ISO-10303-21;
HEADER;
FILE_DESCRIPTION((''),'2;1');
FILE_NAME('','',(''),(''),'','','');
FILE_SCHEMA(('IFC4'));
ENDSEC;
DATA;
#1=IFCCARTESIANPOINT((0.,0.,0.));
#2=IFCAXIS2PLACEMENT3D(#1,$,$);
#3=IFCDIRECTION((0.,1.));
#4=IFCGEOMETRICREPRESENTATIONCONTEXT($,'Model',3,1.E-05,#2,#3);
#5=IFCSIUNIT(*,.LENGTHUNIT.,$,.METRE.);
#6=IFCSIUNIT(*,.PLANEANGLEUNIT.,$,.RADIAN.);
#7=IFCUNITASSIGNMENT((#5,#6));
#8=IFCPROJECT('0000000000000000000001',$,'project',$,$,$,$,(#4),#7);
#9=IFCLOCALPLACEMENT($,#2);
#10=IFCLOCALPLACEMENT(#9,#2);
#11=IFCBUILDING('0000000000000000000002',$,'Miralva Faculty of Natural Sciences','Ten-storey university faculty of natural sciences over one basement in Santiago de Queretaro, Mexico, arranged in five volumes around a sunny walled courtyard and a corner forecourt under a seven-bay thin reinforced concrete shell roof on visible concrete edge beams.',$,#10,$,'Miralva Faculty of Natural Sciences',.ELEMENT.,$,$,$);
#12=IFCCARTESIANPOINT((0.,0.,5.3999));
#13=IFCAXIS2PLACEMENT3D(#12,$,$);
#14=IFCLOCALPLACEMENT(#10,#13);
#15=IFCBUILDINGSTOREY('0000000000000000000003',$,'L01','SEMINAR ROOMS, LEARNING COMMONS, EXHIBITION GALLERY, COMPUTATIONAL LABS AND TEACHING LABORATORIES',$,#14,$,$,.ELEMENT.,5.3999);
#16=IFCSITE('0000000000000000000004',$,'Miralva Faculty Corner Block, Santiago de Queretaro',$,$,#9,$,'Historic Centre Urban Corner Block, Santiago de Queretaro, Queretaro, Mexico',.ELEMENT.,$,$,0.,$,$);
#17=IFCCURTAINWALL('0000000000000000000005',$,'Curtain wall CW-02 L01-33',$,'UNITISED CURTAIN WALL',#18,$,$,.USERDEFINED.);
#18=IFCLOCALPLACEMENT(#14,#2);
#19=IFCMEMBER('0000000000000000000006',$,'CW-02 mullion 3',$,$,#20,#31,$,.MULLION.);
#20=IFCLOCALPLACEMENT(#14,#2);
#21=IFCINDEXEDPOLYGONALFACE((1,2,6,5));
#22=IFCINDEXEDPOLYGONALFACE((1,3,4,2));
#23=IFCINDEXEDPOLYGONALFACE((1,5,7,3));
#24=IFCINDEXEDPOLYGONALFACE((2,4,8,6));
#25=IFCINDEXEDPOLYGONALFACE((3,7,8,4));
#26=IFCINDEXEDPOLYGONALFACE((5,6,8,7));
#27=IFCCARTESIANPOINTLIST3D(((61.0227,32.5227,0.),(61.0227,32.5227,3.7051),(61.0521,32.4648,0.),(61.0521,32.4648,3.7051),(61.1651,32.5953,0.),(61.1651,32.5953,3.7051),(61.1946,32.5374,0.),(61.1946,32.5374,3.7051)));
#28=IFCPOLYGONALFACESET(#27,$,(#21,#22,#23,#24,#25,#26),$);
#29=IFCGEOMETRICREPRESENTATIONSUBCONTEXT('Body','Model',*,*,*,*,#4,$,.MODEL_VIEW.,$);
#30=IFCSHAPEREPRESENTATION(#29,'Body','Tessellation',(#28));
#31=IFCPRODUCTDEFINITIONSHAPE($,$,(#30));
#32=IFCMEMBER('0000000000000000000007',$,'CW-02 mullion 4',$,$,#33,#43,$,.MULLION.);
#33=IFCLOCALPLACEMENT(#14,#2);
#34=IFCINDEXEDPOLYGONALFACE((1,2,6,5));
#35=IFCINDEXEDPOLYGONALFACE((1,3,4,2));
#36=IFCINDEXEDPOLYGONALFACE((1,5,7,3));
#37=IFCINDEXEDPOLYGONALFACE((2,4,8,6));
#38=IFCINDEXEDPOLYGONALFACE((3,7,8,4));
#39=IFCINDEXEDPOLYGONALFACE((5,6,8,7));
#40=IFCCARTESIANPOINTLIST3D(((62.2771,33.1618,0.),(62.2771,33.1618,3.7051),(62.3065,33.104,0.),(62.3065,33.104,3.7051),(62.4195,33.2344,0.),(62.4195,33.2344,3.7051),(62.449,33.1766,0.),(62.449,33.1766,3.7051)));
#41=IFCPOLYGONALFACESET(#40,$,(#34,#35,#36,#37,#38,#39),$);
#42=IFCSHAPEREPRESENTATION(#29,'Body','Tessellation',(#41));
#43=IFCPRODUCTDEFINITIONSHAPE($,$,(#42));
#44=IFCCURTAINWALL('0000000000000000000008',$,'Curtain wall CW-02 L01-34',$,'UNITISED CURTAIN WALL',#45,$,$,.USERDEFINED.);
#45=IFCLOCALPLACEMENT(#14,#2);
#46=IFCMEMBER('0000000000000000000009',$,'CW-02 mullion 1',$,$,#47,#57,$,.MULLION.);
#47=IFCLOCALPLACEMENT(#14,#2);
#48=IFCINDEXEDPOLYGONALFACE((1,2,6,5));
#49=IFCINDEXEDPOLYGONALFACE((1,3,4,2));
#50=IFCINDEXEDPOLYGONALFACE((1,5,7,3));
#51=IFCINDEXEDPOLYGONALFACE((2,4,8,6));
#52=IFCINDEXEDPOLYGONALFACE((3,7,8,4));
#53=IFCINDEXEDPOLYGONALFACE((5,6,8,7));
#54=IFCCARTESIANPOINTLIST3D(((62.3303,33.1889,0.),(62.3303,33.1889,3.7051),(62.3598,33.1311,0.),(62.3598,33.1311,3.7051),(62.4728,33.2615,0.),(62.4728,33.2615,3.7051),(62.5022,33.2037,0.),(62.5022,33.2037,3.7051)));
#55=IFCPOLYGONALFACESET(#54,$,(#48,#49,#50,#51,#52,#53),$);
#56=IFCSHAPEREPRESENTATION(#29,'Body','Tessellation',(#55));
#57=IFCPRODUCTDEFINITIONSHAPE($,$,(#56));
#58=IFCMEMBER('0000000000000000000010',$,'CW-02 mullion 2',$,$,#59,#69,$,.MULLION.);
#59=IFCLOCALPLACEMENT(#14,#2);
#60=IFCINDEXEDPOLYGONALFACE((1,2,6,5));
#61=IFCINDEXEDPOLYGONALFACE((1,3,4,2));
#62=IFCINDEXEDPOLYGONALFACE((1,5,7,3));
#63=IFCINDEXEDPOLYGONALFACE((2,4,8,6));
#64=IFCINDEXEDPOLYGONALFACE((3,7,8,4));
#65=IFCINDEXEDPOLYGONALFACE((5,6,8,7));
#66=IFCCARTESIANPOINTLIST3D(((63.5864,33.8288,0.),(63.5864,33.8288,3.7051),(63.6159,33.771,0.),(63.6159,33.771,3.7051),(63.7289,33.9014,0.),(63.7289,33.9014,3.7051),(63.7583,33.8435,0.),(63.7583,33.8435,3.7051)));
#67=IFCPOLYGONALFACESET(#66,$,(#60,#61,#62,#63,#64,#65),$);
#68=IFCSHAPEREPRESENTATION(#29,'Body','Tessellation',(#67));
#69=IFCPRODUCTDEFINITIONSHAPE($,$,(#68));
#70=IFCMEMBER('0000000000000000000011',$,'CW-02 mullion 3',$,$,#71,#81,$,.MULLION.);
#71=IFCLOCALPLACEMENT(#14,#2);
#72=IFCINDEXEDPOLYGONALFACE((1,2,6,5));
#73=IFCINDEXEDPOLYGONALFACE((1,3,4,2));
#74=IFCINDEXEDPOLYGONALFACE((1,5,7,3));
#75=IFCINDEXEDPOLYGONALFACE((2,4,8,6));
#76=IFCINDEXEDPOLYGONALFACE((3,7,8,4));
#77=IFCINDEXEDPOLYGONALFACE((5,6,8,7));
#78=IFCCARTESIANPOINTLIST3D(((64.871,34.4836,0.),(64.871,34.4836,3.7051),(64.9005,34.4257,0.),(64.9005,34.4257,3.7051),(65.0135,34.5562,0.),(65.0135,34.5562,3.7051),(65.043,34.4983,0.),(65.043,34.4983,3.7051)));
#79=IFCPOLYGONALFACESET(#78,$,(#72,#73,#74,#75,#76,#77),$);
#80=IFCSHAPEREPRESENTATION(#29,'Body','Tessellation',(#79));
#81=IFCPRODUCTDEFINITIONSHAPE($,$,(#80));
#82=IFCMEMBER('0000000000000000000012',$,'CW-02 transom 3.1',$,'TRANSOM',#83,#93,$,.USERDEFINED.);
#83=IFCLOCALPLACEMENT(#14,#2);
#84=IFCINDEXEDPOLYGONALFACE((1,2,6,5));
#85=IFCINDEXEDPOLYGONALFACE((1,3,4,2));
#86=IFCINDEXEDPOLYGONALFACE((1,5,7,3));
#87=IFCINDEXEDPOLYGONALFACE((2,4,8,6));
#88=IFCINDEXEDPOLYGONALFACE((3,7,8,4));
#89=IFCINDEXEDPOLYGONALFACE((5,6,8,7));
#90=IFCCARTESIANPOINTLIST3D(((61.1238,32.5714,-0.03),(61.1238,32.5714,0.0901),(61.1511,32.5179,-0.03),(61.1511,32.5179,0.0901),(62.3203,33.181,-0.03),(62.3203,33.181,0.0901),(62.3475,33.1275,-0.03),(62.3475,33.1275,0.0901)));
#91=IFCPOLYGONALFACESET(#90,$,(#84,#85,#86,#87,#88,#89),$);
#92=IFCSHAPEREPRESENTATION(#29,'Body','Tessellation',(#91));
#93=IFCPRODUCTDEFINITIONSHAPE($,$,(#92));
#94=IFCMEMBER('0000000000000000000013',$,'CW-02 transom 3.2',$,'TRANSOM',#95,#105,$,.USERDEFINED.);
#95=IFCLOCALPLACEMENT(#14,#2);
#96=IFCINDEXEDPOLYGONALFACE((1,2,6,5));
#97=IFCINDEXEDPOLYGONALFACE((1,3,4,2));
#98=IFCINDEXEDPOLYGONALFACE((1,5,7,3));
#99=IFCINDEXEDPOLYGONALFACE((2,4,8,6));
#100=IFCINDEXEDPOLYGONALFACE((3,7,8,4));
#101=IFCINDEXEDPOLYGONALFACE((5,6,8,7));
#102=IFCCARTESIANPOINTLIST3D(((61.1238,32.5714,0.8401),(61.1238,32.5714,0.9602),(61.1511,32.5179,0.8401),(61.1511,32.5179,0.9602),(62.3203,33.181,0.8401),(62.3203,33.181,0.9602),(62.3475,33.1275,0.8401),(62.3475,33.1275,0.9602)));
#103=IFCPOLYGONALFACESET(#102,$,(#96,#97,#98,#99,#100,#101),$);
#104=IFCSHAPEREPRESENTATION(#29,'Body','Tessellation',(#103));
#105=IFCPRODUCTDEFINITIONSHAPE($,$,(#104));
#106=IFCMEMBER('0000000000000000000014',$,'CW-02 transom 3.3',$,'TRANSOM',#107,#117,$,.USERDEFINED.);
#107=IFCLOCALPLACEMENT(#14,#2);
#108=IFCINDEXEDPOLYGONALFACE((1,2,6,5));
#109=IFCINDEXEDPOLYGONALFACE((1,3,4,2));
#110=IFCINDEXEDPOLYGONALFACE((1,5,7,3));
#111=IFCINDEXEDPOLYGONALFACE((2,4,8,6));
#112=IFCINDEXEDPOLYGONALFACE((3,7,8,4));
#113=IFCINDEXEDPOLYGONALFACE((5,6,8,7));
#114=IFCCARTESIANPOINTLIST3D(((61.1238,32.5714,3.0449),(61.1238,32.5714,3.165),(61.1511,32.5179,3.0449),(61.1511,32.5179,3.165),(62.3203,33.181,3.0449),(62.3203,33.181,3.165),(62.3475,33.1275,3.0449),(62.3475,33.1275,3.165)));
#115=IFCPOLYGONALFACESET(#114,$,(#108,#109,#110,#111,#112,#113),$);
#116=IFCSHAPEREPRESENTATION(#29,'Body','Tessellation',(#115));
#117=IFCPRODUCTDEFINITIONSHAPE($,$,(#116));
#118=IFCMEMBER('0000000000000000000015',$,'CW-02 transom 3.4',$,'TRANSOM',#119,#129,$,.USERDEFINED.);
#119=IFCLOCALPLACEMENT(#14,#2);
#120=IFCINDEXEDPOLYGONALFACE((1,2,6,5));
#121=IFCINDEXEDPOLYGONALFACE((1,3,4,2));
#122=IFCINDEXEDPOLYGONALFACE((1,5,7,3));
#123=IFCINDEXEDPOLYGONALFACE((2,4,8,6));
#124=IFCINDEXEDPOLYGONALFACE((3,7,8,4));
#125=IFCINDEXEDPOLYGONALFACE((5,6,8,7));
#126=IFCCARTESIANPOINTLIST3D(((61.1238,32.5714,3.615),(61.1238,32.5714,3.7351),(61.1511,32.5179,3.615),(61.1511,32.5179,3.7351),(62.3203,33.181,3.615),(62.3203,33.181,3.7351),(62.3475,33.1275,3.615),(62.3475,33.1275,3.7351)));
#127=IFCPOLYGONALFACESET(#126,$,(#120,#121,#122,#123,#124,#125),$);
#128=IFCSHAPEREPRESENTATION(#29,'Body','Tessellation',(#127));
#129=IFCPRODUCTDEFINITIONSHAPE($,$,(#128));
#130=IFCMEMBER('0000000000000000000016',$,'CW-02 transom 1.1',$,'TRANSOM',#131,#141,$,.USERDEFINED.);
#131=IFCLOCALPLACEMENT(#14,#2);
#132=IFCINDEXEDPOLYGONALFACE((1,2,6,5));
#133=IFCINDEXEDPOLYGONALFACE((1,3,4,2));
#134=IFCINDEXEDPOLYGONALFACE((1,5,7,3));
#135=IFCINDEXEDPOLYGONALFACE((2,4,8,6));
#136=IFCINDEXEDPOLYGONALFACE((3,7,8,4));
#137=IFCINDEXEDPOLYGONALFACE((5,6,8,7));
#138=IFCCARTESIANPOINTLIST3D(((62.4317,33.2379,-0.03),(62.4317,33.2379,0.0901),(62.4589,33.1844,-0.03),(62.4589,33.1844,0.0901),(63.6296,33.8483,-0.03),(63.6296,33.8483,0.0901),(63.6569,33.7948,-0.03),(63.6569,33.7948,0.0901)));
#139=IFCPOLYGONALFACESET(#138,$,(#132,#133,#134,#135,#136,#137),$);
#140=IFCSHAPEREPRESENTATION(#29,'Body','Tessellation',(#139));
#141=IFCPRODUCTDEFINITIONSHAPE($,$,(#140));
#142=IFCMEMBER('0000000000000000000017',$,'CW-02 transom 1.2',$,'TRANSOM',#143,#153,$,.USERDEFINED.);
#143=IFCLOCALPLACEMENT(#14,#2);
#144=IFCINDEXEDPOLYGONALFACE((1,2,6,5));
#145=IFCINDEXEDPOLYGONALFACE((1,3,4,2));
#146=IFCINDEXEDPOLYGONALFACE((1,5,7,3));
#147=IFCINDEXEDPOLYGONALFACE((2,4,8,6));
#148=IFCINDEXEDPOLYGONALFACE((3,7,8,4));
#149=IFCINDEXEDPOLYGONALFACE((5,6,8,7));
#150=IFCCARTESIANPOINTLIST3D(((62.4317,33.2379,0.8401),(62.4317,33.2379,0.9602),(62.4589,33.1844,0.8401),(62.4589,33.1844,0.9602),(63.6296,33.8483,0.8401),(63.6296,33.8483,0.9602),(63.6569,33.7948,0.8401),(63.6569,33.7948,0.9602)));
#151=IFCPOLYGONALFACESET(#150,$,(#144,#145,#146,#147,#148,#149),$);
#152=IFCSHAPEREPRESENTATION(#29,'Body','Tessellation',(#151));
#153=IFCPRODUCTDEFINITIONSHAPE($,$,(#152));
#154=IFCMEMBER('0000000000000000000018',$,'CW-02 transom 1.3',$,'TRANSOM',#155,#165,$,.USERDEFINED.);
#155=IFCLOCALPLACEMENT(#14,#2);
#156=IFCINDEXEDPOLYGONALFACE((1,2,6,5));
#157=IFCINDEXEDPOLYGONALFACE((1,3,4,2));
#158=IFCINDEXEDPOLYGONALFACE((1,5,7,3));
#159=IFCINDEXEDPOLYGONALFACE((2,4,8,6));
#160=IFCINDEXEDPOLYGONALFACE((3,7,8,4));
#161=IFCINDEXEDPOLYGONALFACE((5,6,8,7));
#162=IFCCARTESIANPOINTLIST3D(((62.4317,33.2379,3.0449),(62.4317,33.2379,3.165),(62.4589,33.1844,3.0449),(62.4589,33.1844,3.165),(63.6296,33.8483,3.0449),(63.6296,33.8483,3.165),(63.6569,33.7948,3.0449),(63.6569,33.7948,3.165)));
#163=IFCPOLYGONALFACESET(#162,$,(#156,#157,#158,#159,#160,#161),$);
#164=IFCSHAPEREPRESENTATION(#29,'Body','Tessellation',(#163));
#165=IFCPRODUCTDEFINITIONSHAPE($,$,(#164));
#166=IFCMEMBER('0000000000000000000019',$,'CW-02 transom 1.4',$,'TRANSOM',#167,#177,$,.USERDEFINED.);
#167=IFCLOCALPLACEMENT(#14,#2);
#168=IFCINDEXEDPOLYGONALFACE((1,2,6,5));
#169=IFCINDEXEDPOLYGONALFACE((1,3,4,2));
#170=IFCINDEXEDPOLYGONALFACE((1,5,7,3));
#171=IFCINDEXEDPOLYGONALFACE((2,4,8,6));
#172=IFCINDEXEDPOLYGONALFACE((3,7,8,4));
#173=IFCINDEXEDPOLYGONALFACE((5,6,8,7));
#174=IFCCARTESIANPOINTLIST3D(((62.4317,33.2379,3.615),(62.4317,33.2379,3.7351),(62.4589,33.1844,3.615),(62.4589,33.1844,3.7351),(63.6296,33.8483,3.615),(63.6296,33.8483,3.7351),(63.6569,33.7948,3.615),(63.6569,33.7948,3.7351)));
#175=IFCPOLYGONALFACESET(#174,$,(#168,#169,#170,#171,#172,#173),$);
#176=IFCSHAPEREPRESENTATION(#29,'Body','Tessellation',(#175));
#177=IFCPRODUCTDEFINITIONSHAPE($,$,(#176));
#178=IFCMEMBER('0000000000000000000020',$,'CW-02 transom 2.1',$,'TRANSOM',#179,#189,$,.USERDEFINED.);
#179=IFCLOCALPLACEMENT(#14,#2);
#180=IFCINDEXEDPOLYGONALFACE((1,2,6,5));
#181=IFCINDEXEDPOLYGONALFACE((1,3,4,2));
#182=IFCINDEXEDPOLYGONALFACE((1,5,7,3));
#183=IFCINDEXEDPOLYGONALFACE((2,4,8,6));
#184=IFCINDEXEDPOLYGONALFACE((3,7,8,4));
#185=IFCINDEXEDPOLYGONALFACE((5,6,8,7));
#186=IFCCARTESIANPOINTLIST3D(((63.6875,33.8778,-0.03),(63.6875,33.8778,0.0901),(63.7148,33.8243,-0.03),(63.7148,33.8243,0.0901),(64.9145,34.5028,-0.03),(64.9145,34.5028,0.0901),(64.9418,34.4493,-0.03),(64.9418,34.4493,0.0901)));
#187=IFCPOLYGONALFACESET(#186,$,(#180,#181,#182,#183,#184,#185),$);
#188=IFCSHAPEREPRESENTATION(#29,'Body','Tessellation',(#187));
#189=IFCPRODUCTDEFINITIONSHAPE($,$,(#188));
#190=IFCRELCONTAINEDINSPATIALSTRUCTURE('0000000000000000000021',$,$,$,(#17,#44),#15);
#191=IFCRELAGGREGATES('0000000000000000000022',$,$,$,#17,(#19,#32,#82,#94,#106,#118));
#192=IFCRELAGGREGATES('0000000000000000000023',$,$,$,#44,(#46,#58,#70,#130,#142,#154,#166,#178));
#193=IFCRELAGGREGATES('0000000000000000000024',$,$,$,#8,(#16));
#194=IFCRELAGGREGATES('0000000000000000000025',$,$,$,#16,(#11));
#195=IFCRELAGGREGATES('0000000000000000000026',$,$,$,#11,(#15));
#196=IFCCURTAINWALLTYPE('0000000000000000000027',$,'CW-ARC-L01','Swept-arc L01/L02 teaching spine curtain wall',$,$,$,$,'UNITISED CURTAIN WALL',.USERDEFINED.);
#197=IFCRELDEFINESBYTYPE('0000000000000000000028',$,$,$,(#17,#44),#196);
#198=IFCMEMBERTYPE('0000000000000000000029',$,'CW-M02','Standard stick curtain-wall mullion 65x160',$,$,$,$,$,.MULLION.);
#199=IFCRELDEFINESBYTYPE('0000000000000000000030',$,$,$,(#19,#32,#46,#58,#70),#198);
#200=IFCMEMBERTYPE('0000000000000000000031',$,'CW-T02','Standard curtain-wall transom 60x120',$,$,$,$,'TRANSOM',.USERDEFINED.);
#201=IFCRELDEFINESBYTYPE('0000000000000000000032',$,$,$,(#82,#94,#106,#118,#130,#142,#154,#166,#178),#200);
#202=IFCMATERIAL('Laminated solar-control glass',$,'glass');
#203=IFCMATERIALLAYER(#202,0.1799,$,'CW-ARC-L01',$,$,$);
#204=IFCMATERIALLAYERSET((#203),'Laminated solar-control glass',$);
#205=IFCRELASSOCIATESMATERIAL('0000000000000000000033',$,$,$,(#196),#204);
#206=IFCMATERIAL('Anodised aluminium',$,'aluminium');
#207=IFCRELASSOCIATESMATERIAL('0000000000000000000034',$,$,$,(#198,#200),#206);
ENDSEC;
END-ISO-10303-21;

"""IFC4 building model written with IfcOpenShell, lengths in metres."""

from ifc_helpers import new_model, si_unit, direction, frame, origin, origin_2d, place, context, subcontext, project, spatial, rectangle, extrude, material, layer, layer_set, material_profile, profile_set, type_object, element, aggregate, save


model = new_model("IFC4")

# Units and contexts
model_context = context("Model", 3, precision=1e-05, world=origin(), true_north=direction((0.0, 1.0)))
body_context = subcontext(model_context, "Body", "Model", "MODEL_VIEW")
ifc_project = project(units=[si_unit("LENGTHUNIT", "METRE"), si_unit("PLANEANGLEUNIT", "RADIAN")], contexts=[model_context])

# Site, building, storey
site_placement = place(None, origin())
site = spatial("IfcSite", under=ifc_project, at=site_placement, Name="Miralva Faculty Corner Block, Santiago de Queretaro", LongName="Historic Centre Urban Corner Block, Santiago de Queretaro, Queretaro, Mexico", CompositionType="ELEMENT", RefElevation=0.0)
building_placement = place(site_placement, origin())
building = spatial("IfcBuilding", under=site, at=building_placement, Name="Miralva Faculty of Natural Sciences", Description="Ten-storey university faculty of natural sciences over one basement in Santiago de Queretaro, Mexico, arranged in five volumes around a sunny walled courtyard and a corner forecourt under a seven-bay thin reinforced concrete shell roof on visible concrete edge beams.", LongName="Miralva Faculty of Natural Sciences", CompositionType="ELEMENT")
storey_placement = place(building_placement, frame((0.0, 0.0, 5.3999)))
storey = spatial("IfcBuildingStorey", under=building, at=storey_placement, Name="L01", Description="SEMINAR ROOMS, LEARNING COMMONS, EXHIBITION GALLERY, COMPUTATIONAL LABS AND TEACHING LABORATORIES", CompositionType="ELEMENT", Elevation=5.3999)

# Curtain walls, members
ifc_material_1 = material(Name="Laminated solar-control glass", Category="glass")
ifc_layer_1 = layer(ifc_material_1, 0.1799, Name="CW-ARC-L01")
ifc_layer_set_1 = layer_set([ifc_layer_1], Name="Laminated solar-control glass")
curtain_wall_type = type_object("IfcCurtainWallType", Name="CW-ARC-L01", Description="Swept-arc L01/L02 teaching spine curtain wall", ElementType="UNITISED CURTAIN WALL", PredefinedType="USERDEFINED", material=ifc_layer_set_1)
curtain_wall_1_placement = place(storey_placement, origin())
curtain_wall_1 = element("IfcCurtainWall", 1, at=curtain_wall_1_placement, inside=storey, type_object=curtain_wall_type, Name="Curtain wall CW-02 L01-33", ObjectType="UNITISED CURTAIN WALL", PredefinedType="USERDEFINED")
ifc_material_2 = material(Name="Anodised aluminium", Category="aluminium")
ifc_material_profile_1 = material_profile(ifc_material_2, rectangle(XDim=0.0649, YDim=0.1599, at=origin_2d()), Name="MULLION 65x160")
ifc_profile_set_1 = profile_set([ifc_material_profile_1], Name="Anodised aluminium")
member_type_1 = type_object("IfcMemberType", Name="CW-M02", Description="Standard stick curtain-wall mullion 65x160", PredefinedType="MULLION", material=ifc_profile_set_1)
member_1_placement = place(storey_placement, frame((61.1086, 32.53, 0.0), z_axis=(0.0, 0.0, 1.0), x_axis=(-0.453995, 0.891004, 0.0)))
member_1 = element("IfcMember", 2, at=member_1_placement, type_object=member_type_1, Name="CW-02 mullion 3", PredefinedType="MULLION", context=body_context, shape_type="SweptSolid", body=[
    extrude(rectangle(XDim=0.0649, YDim=0.1599, at=origin_2d()), origin(), (0.0, 0.0, 1.0), 3.7051),
])
member_2_placement = place(storey_placement, frame((62.363, 33.1692, 0.0), z_axis=(0.0, 0.0, 1.0), x_axis=(-0.453995, 0.891004, 0.0)))
member_2 = element("IfcMember", 3, at=member_2_placement, type_object=member_type_1, Name="CW-02 mullion 4", PredefinedType="MULLION", context=body_context, shape_type="SweptSolid", body=[
    extrude(rectangle(XDim=0.0649, YDim=0.1599, at=origin_2d()), origin(), (0.0, 0.0, 1.0), 3.7051),
])
curtain_wall_2_placement = place(storey_placement, origin())
curtain_wall_2 = element("IfcCurtainWall", 4, at=curtain_wall_2_placement, inside=storey, type_object=curtain_wall_type, Name="Curtain wall CW-02 L01-34", ObjectType="UNITISED CURTAIN WALL", PredefinedType="USERDEFINED")
member_3_placement = place(storey_placement, frame((62.4163, 33.1963, 0.0), z_axis=(0.0, 0.0, 1.0), x_axis=(-0.453969, 0.891017, 0.0)))
member_3 = element("IfcMember", 5, at=member_3_placement, type_object=member_type_1, Name="CW-02 mullion 1", PredefinedType="MULLION", context=body_context, shape_type="SweptSolid", body=[
    extrude(rectangle(XDim=0.0649, YDim=0.1599, at=origin_2d()), origin(), (0.0, 0.0, 1.0), 3.7051),
])
member_4_placement = place(storey_placement, frame((63.6724, 33.8362, 0.0), z_axis=(0.0, 0.0, 1.0), x_axis=(-0.453969, 0.891017, 0.0)))
member_4 = element("IfcMember", 6, at=member_4_placement, type_object=member_type_1, Name="CW-02 mullion 2", PredefinedType="MULLION", context=body_context, shape_type="SweptSolid", body=[
    extrude(rectangle(XDim=0.0649, YDim=0.1599, at=origin_2d()), origin(), (0.0, 0.0, 1.0), 3.7051),
])
member_5_placement = place(storey_placement, frame((64.957, 34.491, 0.0), z_axis=(0.0, 0.0, 1.0), x_axis=(-0.453969, 0.891017, 0.0)))
member_5 = element("IfcMember", 7, at=member_5_placement, type_object=member_type_1, Name="CW-02 mullion 3", PredefinedType="MULLION", context=body_context, shape_type="SweptSolid", body=[
    extrude(rectangle(XDim=0.0649, YDim=0.1599, at=origin_2d()), origin(), (0.0, 0.0, 1.0), 3.7051),
])

# Members
ifc_material_profile_2 = material_profile(ifc_material_2, rectangle(XDim=0.0601, YDim=0.1201, at=origin_2d()), Name="TRANSOM 60x120")
ifc_profile_set_2 = profile_set([ifc_material_profile_2], Name="Anodised aluminium")
member_type_2 = type_object("IfcMemberType", Name="CW-T02", Description="Standard curtain-wall transom 60x120", ElementType="TRANSOM", PredefinedType="USERDEFINED", material=ifc_profile_set_2)
member_6_placement = place(storey_placement, frame((61.1375, 32.5447, 0.03), z_axis=(0.89102, 0.453964, 0.0), x_axis=(-0.453964, 0.89102, 0.0)))
member_6 = element("IfcMember", 8, at=member_6_placement, type_object=member_type_2, Name="CW-02 transom 3.1", ObjectType="TRANSOM", PredefinedType="USERDEFINED", context=body_context, shape_type="SweptSolid", body=[
    extrude(rectangle(XDim=0.0601, YDim=0.1201, at=origin_2d()), origin(), (0.0, 0.0, 1.0), 1.3428),
])
member_7_placement = place(storey_placement, frame((61.1375, 32.5447, 0.9001), z_axis=(0.89102, 0.453964, 0.0), x_axis=(-0.453964, 0.89102, 0.0)))
member_7 = element("IfcMember", 9, at=member_7_placement, type_object=member_type_2, Name="CW-02 transom 3.2", ObjectType="TRANSOM", PredefinedType="USERDEFINED", context=body_context, shape_type="SweptSolid", body=[
    extrude(rectangle(XDim=0.0601, YDim=0.1201, at=origin_2d()), origin(), (0.0, 0.0, 1.0), 1.3428),
])
member_8_placement = place(storey_placement, frame((61.1375, 32.5447, 3.105), z_axis=(0.89102, 0.453964, 0.0), x_axis=(-0.453964, 0.89102, 0.0)))
member_8 = element("IfcMember", 10, at=member_8_placement, type_object=member_type_2, Name="CW-02 transom 3.3", ObjectType="TRANSOM", PredefinedType="USERDEFINED", context=body_context, shape_type="SweptSolid", body=[
    extrude(rectangle(XDim=0.0601, YDim=0.1201, at=origin_2d()), origin(), (0.0, 0.0, 1.0), 1.3428),
])
member_9_placement = place(storey_placement, frame((61.1375, 32.5447, 3.675), z_axis=(0.89102, 0.453964, 0.0), x_axis=(-0.453964, 0.89102, 0.0)))
member_9 = element("IfcMember", 11, at=member_9_placement, type_object=member_type_2, Name="CW-02 transom 3.4", ObjectType="TRANSOM", PredefinedType="USERDEFINED", context=body_context, shape_type="SweptSolid", body=[
    extrude(rectangle(XDim=0.0601, YDim=0.1201, at=origin_2d()), origin(), (0.0, 0.0, 1.0), 1.3428),
])
member_10_placement = place(storey_placement, frame((62.4453, 33.2112, 0.03), z_axis=(0.891024, 0.453956, 0.0), x_axis=(-0.453956, 0.891024, 0.0)))
member_10 = element("IfcMember", 12, at=member_10_placement, type_object=member_type_2, Name="CW-02 transom 1.1", ObjectType="TRANSOM", PredefinedType="USERDEFINED", context=body_context, shape_type="SweptSolid", body=[
    extrude(rectangle(XDim=0.0601, YDim=0.1201, at=origin_2d()), origin(), (0.0, 0.0, 1.0), 1.3445),
])
member_11_placement = place(storey_placement, frame((62.4453, 33.2112, 0.9001), z_axis=(0.891024, 0.453956, 0.0), x_axis=(-0.453956, 0.891024, 0.0)))
member_11 = element("IfcMember", 13, at=member_11_placement, type_object=member_type_2, Name="CW-02 transom 1.2", ObjectType="TRANSOM", PredefinedType="USERDEFINED", context=body_context, shape_type="SweptSolid", body=[
    extrude(rectangle(XDim=0.0601, YDim=0.1201, at=origin_2d()), origin(), (0.0, 0.0, 1.0), 1.3445),
])
member_12_placement = place(storey_placement, frame((62.4453, 33.2112, 3.105), z_axis=(0.891024, 0.453956, 0.0), x_axis=(-0.453956, 0.891024, 0.0)))
member_12 = element("IfcMember", 14, at=member_12_placement, type_object=member_type_2, Name="CW-02 transom 1.3", ObjectType="TRANSOM", PredefinedType="USERDEFINED", context=body_context, shape_type="SweptSolid", body=[
    extrude(rectangle(XDim=0.0601, YDim=0.1201, at=origin_2d()), origin(), (0.0, 0.0, 1.0), 1.3445),
])
member_13_placement = place(storey_placement, frame((62.4453, 33.2112, 3.675), z_axis=(0.891024, 0.453956, 0.0), x_axis=(-0.453956, 0.891024, 0.0)))
member_13 = element("IfcMember", 15, at=member_13_placement, type_object=member_type_2, Name="CW-02 transom 1.4", ObjectType="TRANSOM", PredefinedType="USERDEFINED", context=body_context, shape_type="SweptSolid", body=[
    extrude(rectangle(XDim=0.0601, YDim=0.1201, at=origin_2d()), origin(), (0.0, 0.0, 1.0), 1.3445),
])
member_14_placement = place(storey_placement, frame((63.7012, 33.8511, 0.03), z_axis=(0.891069, 0.453867, 0.0), x_axis=(-0.453867, 0.891069, 0.0)))
member_14 = element("IfcMember", 16, at=member_14_placement, type_object=member_type_2, Name="CW-02 transom 2.1", ObjectType="TRANSOM", PredefinedType="USERDEFINED", context=body_context, shape_type="SweptSolid", body=[
    extrude(rectangle(XDim=0.0601, YDim=0.1201, at=origin_2d()), origin(), (0.0, 0.0, 1.0), 1.377),
])

aggregate(curtain_wall_1, [member_1, member_2, member_6, member_7, member_8, member_9])
aggregate(curtain_wall_2, [member_3, member_4, member_5, member_10, member_11, member_12, member_13, member_14])

save(model, "model.ifc")
